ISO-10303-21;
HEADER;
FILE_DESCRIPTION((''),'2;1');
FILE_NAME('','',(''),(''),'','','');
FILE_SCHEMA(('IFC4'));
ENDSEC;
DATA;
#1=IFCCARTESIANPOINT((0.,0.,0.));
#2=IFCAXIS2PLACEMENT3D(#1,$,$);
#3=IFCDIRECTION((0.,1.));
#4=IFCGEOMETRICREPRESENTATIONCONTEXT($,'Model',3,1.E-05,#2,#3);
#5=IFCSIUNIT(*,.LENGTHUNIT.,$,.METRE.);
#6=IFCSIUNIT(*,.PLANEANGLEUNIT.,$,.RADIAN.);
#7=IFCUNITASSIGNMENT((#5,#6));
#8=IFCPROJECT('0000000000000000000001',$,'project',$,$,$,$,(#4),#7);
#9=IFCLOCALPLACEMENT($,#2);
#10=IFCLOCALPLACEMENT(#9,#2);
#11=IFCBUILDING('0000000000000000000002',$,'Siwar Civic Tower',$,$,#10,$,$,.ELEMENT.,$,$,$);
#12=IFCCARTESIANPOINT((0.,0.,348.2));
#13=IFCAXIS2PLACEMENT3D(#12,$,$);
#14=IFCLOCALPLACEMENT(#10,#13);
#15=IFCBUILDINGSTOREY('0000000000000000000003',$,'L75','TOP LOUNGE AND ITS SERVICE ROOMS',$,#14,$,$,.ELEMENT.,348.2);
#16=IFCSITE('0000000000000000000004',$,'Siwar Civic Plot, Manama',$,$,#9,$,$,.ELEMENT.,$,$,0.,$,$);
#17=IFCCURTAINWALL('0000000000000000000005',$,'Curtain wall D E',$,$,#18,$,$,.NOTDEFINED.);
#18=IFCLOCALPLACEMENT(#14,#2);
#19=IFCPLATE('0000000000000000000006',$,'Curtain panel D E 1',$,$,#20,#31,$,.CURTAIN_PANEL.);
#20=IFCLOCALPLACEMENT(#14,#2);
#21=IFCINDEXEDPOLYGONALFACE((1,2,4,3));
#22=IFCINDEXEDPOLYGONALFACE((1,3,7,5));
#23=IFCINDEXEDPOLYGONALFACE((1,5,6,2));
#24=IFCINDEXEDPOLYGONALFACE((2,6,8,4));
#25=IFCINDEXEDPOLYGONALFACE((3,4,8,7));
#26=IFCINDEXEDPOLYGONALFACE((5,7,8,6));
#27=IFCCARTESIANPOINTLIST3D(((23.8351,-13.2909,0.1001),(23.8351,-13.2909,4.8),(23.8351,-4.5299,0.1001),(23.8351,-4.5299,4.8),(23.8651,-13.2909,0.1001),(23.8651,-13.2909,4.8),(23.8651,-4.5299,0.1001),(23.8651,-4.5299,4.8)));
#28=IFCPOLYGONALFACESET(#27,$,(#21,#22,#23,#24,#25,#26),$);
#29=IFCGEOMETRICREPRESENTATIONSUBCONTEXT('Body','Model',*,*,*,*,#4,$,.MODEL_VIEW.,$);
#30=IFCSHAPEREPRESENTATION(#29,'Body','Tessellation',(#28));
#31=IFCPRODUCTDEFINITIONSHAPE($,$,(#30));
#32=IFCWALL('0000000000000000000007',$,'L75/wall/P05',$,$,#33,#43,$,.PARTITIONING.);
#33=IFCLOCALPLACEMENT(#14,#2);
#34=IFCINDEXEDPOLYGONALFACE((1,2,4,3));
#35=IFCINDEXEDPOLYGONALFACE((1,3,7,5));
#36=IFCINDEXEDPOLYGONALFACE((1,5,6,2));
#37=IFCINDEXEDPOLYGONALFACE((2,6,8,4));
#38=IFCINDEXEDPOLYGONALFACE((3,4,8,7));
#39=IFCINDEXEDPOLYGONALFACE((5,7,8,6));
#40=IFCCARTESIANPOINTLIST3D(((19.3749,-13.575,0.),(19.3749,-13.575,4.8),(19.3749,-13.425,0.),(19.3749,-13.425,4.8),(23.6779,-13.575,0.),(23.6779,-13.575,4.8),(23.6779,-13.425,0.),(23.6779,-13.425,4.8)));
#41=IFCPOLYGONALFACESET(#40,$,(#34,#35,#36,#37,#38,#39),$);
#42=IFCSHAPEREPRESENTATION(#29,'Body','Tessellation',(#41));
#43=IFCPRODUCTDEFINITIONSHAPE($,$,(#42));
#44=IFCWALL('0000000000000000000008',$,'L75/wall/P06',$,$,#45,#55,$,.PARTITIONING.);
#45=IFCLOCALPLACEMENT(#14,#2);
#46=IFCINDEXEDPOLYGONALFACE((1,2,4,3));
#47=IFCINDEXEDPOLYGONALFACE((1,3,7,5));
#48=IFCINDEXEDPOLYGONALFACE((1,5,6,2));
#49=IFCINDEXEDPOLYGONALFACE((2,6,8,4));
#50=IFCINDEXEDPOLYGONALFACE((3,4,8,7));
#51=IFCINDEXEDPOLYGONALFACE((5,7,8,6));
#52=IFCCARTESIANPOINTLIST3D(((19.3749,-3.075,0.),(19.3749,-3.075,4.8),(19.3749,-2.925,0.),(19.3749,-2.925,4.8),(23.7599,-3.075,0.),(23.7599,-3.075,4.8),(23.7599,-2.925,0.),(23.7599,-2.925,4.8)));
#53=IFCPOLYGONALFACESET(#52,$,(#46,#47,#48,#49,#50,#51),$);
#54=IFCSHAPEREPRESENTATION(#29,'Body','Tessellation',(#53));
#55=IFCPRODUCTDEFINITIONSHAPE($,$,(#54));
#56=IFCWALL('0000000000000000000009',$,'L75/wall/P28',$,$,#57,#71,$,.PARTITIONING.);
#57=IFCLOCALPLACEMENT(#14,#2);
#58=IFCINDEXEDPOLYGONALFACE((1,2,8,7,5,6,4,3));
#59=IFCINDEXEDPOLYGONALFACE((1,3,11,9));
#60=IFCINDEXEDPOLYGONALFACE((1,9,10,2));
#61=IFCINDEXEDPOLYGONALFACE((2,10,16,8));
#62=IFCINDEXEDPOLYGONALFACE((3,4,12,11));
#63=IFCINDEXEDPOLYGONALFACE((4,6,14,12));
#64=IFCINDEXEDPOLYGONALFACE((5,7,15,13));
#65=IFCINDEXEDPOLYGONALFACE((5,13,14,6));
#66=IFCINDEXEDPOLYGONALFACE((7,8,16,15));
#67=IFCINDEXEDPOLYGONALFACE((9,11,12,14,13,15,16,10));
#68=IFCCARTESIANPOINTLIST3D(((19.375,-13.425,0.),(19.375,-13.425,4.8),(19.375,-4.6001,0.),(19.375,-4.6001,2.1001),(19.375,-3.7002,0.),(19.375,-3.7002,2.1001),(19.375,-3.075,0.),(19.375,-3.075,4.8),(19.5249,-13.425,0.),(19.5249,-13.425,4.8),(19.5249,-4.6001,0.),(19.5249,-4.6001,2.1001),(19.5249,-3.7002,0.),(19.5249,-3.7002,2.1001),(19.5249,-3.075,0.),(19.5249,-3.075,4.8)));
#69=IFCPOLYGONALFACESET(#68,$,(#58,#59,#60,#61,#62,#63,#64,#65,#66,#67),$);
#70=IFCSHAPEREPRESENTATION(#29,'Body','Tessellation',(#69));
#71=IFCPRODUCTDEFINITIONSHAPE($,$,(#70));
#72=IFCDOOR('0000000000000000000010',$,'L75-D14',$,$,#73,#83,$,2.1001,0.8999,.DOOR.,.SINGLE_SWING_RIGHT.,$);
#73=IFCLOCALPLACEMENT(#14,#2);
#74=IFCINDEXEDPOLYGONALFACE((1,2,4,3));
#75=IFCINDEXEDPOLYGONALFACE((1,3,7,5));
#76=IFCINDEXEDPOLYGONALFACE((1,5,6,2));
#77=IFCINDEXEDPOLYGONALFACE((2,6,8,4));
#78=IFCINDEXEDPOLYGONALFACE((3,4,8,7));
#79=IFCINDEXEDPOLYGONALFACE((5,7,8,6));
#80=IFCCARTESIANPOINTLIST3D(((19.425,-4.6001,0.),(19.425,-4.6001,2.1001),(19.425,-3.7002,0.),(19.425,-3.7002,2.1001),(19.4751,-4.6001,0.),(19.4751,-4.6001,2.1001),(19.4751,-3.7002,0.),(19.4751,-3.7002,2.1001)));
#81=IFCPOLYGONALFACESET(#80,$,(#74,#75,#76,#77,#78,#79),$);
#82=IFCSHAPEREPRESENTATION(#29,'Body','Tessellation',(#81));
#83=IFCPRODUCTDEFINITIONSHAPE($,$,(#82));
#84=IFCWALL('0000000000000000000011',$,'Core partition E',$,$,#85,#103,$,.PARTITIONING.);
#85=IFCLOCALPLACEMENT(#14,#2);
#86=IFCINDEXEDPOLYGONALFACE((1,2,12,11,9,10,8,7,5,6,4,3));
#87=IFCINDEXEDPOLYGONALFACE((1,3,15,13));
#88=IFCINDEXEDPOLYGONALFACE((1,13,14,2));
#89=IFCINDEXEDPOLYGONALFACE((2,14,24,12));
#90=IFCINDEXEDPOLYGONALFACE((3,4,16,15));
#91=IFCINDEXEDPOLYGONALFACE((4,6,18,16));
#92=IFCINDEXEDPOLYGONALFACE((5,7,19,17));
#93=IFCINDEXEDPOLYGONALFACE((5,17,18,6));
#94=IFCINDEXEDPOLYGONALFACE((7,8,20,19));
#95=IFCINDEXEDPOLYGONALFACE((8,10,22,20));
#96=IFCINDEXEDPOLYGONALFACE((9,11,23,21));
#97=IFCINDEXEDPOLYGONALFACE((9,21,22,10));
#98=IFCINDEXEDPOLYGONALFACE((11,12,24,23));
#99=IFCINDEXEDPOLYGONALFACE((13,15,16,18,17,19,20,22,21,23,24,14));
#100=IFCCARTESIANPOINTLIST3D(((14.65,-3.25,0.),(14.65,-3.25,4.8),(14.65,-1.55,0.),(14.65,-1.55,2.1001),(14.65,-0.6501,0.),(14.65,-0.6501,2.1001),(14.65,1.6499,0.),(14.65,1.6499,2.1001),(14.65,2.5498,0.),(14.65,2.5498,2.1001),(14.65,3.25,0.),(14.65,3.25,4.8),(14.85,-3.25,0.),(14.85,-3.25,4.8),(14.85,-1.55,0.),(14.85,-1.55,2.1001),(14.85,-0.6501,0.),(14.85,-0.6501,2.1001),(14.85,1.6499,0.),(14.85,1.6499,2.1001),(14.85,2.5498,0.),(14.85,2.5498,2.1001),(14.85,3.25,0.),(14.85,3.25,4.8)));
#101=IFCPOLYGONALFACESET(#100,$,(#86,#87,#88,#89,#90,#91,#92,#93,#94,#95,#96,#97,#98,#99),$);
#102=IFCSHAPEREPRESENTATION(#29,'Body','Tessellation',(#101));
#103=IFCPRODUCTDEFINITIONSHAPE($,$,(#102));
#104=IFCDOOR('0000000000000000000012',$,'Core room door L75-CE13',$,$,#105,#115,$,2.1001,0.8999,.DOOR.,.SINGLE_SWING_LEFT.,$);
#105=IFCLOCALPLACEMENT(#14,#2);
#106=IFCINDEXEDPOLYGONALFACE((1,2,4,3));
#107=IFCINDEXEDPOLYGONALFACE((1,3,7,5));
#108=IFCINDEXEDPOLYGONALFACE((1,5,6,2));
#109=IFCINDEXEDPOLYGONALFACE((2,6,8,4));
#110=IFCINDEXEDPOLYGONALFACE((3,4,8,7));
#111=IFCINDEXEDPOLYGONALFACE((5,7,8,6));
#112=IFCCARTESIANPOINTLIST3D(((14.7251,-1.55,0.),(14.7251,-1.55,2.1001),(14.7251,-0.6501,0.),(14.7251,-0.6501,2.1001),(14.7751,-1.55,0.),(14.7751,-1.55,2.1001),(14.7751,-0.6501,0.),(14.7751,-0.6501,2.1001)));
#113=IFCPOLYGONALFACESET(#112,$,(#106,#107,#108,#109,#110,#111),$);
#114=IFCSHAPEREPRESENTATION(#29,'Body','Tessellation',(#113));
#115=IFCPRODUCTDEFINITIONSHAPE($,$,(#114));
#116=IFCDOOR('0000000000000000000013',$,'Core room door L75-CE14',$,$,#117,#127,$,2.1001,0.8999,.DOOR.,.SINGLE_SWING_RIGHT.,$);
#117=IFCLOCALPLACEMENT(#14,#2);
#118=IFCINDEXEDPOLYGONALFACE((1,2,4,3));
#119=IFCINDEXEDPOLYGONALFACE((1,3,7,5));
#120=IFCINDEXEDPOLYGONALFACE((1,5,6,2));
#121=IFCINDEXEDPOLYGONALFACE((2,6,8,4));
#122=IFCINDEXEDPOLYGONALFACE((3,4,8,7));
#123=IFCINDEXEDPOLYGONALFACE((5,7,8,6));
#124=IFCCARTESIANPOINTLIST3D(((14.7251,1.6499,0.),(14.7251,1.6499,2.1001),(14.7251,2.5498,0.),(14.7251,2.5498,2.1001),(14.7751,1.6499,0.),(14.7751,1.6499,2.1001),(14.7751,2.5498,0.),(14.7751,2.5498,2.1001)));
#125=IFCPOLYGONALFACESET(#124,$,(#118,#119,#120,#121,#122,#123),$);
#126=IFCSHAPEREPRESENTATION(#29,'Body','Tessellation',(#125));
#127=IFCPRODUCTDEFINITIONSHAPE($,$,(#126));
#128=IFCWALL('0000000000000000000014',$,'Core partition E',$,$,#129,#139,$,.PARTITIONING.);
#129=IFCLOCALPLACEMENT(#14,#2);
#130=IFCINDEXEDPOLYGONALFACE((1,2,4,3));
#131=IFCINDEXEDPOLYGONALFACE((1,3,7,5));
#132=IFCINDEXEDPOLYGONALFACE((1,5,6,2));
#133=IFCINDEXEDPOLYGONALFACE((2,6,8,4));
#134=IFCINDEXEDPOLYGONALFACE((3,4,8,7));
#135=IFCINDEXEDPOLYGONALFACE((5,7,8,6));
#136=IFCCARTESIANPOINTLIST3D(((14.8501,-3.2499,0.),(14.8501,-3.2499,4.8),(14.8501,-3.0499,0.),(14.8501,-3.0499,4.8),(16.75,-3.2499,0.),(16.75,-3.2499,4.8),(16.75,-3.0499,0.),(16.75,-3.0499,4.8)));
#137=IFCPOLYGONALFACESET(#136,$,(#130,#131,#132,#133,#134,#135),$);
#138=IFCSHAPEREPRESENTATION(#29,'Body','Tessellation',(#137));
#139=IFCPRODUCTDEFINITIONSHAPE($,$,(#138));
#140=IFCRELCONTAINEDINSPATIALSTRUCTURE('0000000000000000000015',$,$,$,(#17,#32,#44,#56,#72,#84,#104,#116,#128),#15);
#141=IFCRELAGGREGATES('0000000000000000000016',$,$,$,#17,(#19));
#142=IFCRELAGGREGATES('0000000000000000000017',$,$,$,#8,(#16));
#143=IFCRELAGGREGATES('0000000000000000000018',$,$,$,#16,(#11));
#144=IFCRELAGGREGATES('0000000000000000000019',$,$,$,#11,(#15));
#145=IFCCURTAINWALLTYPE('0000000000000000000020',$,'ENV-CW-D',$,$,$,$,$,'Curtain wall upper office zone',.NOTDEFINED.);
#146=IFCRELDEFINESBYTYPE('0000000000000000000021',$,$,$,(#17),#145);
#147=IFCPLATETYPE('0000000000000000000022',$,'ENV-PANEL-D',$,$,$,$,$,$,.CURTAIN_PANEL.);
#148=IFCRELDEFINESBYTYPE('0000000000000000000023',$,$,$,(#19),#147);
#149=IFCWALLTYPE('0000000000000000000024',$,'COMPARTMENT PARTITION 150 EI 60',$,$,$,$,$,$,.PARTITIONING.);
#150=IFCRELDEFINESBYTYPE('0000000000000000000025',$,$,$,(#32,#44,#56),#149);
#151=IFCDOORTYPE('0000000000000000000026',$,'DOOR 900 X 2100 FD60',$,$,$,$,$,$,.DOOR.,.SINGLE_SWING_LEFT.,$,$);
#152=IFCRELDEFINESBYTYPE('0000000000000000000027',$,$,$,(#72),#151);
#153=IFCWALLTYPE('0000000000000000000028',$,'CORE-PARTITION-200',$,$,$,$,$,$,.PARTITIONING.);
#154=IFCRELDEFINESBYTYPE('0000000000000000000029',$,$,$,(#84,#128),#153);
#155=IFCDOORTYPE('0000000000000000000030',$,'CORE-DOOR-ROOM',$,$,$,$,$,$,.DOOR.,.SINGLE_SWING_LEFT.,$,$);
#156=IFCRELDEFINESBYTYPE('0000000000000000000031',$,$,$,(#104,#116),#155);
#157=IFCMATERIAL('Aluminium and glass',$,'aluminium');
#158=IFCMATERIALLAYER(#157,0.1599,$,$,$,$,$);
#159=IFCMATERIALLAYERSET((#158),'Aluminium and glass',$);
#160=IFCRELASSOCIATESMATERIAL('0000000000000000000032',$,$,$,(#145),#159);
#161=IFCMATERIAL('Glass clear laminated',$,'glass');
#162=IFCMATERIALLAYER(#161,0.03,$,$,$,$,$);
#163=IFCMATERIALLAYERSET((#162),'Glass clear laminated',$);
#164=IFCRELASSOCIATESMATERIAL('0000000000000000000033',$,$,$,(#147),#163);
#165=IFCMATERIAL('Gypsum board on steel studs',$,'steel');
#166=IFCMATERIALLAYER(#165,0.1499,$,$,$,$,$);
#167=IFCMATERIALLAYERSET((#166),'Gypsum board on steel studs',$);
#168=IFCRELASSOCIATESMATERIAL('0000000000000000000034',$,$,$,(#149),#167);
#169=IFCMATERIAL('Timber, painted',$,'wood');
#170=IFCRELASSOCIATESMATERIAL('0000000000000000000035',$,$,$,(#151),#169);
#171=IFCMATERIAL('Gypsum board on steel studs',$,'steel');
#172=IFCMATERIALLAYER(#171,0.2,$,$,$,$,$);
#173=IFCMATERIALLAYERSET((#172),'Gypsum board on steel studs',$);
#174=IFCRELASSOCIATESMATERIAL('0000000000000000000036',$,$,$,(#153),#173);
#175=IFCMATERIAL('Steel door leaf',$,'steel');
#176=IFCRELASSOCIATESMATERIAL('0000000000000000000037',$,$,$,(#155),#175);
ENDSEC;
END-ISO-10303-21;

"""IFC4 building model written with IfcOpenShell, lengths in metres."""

from ifc_helpers import new_model, si_unit, direction, frame, frame_2d, origin, origin_2d, place, context, subcontext, project, spatial, rectangle, extrude, material, layer, layer_set, type_object, element, fill, aggregate, save


model = new_model("IFC4")

# Units and contexts
model_context = context("Model", 3, precision=1e-05, world=origin(), true_north=direction((0.0, 1.0)))
body_context = subcontext(model_context, "Body", "Model", "MODEL_VIEW")
ifc_project = project(units=[si_unit("LENGTHUNIT", "METRE"), si_unit("PLANEANGLEUNIT", "RADIAN")], contexts=[model_context])

# Site, building, storey
site_placement = place(None, origin())
site = spatial("IfcSite", under=ifc_project, at=site_placement, Name="Siwar Civic Plot, Manama", CompositionType="ELEMENT", RefElevation=0.0)
building_placement = place(site_placement, origin())
building = spatial("IfcBuilding", under=site, at=building_placement, Name="Siwar Civic Tower", CompositionType="ELEMENT")
storey_placement = place(building_placement, frame((0.0, 0.0, 348.2)))
storey = spatial("IfcBuildingStorey", under=building, at=storey_placement, Name="L75", Description="TOP LOUNGE AND ITS SERVICE ROOMS", CompositionType="ELEMENT", Elevation=348.2)

# Curtain wall
ifc_material_1 = material(Name="Aluminium and glass", Category="aluminium")
ifc_layer_1 = layer(ifc_material_1, 0.1599)
ifc_layer_set_1 = layer_set([ifc_layer_1], Name="Aluminium and glass")
curtain_wall_type = type_object("IfcCurtainWallType", Name="ENV-CW-D", ElementType="Curtain wall upper office zone", PredefinedType="NOTDEFINED", material=ifc_layer_set_1)
curtain_wall_placement = place(storey_placement, origin())
curtain_wall = element("IfcCurtainWall", 1, at=curtain_wall_placement, inside=storey, type_object=curtain_wall_type, Name="Curtain wall D E", PredefinedType="NOTDEFINED")

# Plate
ifc_material_2 = material(Name="Glass clear laminated", Category="glass")
ifc_layer_2 = layer(ifc_material_2, 0.03)
ifc_layer_set_2 = layer_set([ifc_layer_2], Name="Glass clear laminated")
plate_type = type_object("IfcPlateType", Name="ENV-PANEL-D", PredefinedType="CURTAIN_PANEL", material=ifc_layer_set_2)
plate_placement = place(storey_placement, frame((23.8501, -8.9104, 0.1001), z_axis=(0.0, 0.0, 1.0), x_axis=(0.0, 1.0, 0.0)))
plate = element("IfcPlate", 2, at=plate_placement, type_object=plate_type, Name="Curtain panel D E 1", PredefinedType="CURTAIN_PANEL", context=body_context, shape_type="SweptSolid", body=[
    extrude(rectangle(XDim=8.761, YDim=0.03, at=origin_2d()), origin(), (0.0, 0.0, 1.0), 4.7),
])
aggregate(curtain_wall, [plate])

# Walls
ifc_material_3 = material(Name="Gypsum board on steel studs", Category="steel")
ifc_layer_3 = layer(ifc_material_3, 0.1499)
ifc_layer_set_3 = layer_set([ifc_layer_3], Name="Gypsum board on steel studs")
wall_type_1 = type_object("IfcWallType", Name="COMPARTMENT PARTITION 150 EI 60", PredefinedType="PARTITIONING", material=ifc_layer_set_3)
wall_1_placement = place(storey_placement, frame((19.375, -13.5, 0.0), z_axis=(0.0, 0.0, 1.0), x_axis=(1.0, 0.0, 0.0)))
element("IfcWall", 3, at=wall_1_placement, inside=storey, type_object=wall_type_1, Name="L75/wall/P05", PredefinedType="PARTITIONING", context=body_context, shape_type="SweptSolid", body=[
    extrude(rectangle(XDim=4.303, YDim=0.1499, at=frame_2d((2.1514, 0.0))), origin(), (0.0, 0.0, 1.0), 4.8),
])
wall_2_placement = place(storey_placement, frame((19.375, -3.0, 0.0), z_axis=(0.0, 0.0, 1.0), x_axis=(1.0, 0.0, 0.0)))
element("IfcWall", 4, at=wall_2_placement, inside=storey, type_object=wall_type_1, Name="L75/wall/P06", PredefinedType="PARTITIONING", context=body_context, shape_type="SweptSolid", body=[
    extrude(rectangle(XDim=4.385, YDim=0.1499, at=frame_2d((2.1924, 0.0))), origin(), (0.0, 0.0, 1.0), 4.8),
])

# Wall, opening, door
wall_3_placement = place(storey_placement, frame((19.45, -13.425, 0.0), z_axis=(0.0, 0.0, 1.0), x_axis=(0.0, 1.0, 0.0)))
wall_3 = element("IfcWall", 5, at=wall_3_placement, inside=storey, type_object=wall_type_1, Name="L75/wall/P28", PredefinedType="PARTITIONING", context=body_context, shape_type="SweptSolid", body=[
    extrude(rectangle(XDim=10.3501, YDim=0.1499, at=frame_2d((5.175, 0.0))), origin(), (0.0, 0.0, 1.0), 4.8),
])
opening_1_placement = place(wall_3_placement, frame((8.825, 0.0, 0.0)))
opening_1 = element("IfcOpeningElement", 6, at=opening_1_placement, cuts=wall_3, PredefinedType="OPENING", context=body_context, shape_type="SweptSolid", body=[
    extrude(rectangle(XDim=0.8999, YDim=2.1001, at=frame_2d((0.45, 1.05))), frame((0.0, 0.085, 0.0), z_axis=(0.0, -1.0, 0.0), x_axis=(1.0, 0.0, 0.0)), (0.0, 0.0, 1.0), 0.1699),
])
ifc_material_4 = material(Name="Timber, painted", Category="wood")
door_type_1 = type_object("IfcDoorType", Name="DOOR 900 X 2100 FD60", OperationType="SINGLE_SWING_LEFT", PredefinedType="DOOR", material=ifc_material_4)
door_1_placement = place(opening_1_placement, origin())
door_1 = element("IfcDoor", 7, at=door_1_placement, inside=storey, type_object=door_type_1, Name="L75-D14", OperationType="SINGLE_SWING_RIGHT", OverallHeight=2.1001, OverallWidth=0.8999, PredefinedType="DOOR", context=body_context, shape_type="SweptSolid", body=[
    extrude(rectangle(XDim=0.8999, YDim=2.1001, at=frame_2d((0.45, 1.05))), frame((0.0, 0.0249, 0.0), z_axis=(0.0, -1.0, 0.0), x_axis=(1.0, 0.0, 0.0)), (0.0, 0.0, 1.0), 0.05),
])
fill(opening_1, door_1)

# Wall, openings, doors
ifc_material_5 = material(Name="Gypsum board on steel studs", Category="steel")
ifc_layer_4 = layer(ifc_material_5, 0.2)
ifc_layer_set_4 = layer_set([ifc_layer_4], Name="Gypsum board on steel studs")
wall_type_2 = type_object("IfcWallType", Name="CORE-PARTITION-200", PredefinedType="PARTITIONING", material=ifc_layer_set_4)
wall_4_placement = place(storey_placement, frame((14.75, -3.25, 0.0), z_axis=(0.0, 0.0, 1.0), x_axis=(0.0, 1.0, 0.0)))
wall_4 = element("IfcWall", 8, at=wall_4_placement, inside=storey, type_object=wall_type_2, Name="Core partition E", PredefinedType="PARTITIONING", context=body_context, shape_type="SweptSolid", body=[
    extrude(rectangle(XDim=6.5, YDim=0.2, at=frame_2d((3.25, 0.0))), origin(), (0.0, 0.0, 1.0), 4.8),
])
opening_2_placement = place(wall_4_placement, frame((1.7, 0.0, 0.0)))
opening_2 = element("IfcOpeningElement", 9, at=opening_2_placement, cuts=wall_4, PredefinedType="OPENING", context=body_context, shape_type="SweptSolid", body=[
    extrude(rectangle(XDim=0.8999, YDim=2.1001, at=frame_2d((0.45, 1.05))), frame((0.0, 0.1099, 0.0), z_axis=(0.0, -1.0, 0.0), x_axis=(1.0, 0.0, 0.0)), (0.0, 0.0, 1.0), 0.22),
])
opening_3_placement = place(wall_4_placement, frame((4.8999, 0.0, 0.0)))
opening_3 = element("IfcOpeningElement", 10, at=opening_3_placement, cuts=wall_4, PredefinedType="OPENING", context=body_context, shape_type="SweptSolid", body=[
    extrude(rectangle(XDim=0.8999, YDim=2.1001, at=frame_2d((0.45, 1.05))), frame((0.0, 0.1099, 0.0), z_axis=(0.0, -1.0, 0.0), x_axis=(1.0, 0.0, 0.0)), (0.0, 0.0, 1.0), 0.22),
])
ifc_material_6 = material(Name="Steel door leaf", Category="steel")
door_type_2 = type_object("IfcDoorType", Name="CORE-DOOR-ROOM", OperationType="SINGLE_SWING_LEFT", PredefinedType="DOOR", material=ifc_material_6)
door_2_placement = place(opening_2_placement, origin())
door_2 = element("IfcDoor", 11, at=door_2_placement, inside=storey, type_object=door_type_2, Name="Core room door L75-CE13", OperationType="SINGLE_SWING_LEFT", OverallHeight=2.1001, OverallWidth=0.8999, PredefinedType="DOOR", context=body_context, shape_type="SweptSolid", body=[
    extrude(rectangle(XDim=0.8999, YDim=2.1001, at=frame_2d((0.45, 1.05))), frame((0.0, 0.0249, 0.0), z_axis=(0.0, -1.0, 0.0), x_axis=(1.0, 0.0, 0.0)), (0.0, 0.0, 1.0), 0.05),
])
fill(opening_2, door_2)
door_3_placement = place(opening_3_placement, origin())
door_3 = element("IfcDoor", 12, at=door_3_placement, inside=storey, type_object=door_type_2, Name="Core room door L75-CE14", OperationType="SINGLE_SWING_RIGHT", OverallHeight=2.1001, OverallWidth=0.8999, PredefinedType="DOOR", context=body_context, shape_type="SweptSolid", body=[
    extrude(rectangle(XDim=0.8999, YDim=2.1001, at=frame_2d((0.45, 1.05))), frame((0.0, 0.0249, 0.0), z_axis=(0.0, -1.0, 0.0), x_axis=(1.0, 0.0, 0.0)), (0.0, 0.0, 1.0), 0.05),
])
fill(opening_3, door_3)

# Wall
wall_5_placement = place(storey_placement, frame((14.8501, -3.1499, 0.0), z_axis=(0.0, 0.0, 1.0), x_axis=(1.0, 0.0, 0.0)))
element("IfcWall", 13, at=wall_5_placement, inside=storey, type_object=wall_type_2, Name="Core partition E", PredefinedType="PARTITIONING", context=body_context, shape_type="SweptSolid", body=[
    extrude(rectangle(XDim=1.8999, YDim=0.2, at=frame_2d((0.95, 0.0))), origin(), (0.0, 0.0, 1.0), 4.8),
])

save(model, "model.ifc")
